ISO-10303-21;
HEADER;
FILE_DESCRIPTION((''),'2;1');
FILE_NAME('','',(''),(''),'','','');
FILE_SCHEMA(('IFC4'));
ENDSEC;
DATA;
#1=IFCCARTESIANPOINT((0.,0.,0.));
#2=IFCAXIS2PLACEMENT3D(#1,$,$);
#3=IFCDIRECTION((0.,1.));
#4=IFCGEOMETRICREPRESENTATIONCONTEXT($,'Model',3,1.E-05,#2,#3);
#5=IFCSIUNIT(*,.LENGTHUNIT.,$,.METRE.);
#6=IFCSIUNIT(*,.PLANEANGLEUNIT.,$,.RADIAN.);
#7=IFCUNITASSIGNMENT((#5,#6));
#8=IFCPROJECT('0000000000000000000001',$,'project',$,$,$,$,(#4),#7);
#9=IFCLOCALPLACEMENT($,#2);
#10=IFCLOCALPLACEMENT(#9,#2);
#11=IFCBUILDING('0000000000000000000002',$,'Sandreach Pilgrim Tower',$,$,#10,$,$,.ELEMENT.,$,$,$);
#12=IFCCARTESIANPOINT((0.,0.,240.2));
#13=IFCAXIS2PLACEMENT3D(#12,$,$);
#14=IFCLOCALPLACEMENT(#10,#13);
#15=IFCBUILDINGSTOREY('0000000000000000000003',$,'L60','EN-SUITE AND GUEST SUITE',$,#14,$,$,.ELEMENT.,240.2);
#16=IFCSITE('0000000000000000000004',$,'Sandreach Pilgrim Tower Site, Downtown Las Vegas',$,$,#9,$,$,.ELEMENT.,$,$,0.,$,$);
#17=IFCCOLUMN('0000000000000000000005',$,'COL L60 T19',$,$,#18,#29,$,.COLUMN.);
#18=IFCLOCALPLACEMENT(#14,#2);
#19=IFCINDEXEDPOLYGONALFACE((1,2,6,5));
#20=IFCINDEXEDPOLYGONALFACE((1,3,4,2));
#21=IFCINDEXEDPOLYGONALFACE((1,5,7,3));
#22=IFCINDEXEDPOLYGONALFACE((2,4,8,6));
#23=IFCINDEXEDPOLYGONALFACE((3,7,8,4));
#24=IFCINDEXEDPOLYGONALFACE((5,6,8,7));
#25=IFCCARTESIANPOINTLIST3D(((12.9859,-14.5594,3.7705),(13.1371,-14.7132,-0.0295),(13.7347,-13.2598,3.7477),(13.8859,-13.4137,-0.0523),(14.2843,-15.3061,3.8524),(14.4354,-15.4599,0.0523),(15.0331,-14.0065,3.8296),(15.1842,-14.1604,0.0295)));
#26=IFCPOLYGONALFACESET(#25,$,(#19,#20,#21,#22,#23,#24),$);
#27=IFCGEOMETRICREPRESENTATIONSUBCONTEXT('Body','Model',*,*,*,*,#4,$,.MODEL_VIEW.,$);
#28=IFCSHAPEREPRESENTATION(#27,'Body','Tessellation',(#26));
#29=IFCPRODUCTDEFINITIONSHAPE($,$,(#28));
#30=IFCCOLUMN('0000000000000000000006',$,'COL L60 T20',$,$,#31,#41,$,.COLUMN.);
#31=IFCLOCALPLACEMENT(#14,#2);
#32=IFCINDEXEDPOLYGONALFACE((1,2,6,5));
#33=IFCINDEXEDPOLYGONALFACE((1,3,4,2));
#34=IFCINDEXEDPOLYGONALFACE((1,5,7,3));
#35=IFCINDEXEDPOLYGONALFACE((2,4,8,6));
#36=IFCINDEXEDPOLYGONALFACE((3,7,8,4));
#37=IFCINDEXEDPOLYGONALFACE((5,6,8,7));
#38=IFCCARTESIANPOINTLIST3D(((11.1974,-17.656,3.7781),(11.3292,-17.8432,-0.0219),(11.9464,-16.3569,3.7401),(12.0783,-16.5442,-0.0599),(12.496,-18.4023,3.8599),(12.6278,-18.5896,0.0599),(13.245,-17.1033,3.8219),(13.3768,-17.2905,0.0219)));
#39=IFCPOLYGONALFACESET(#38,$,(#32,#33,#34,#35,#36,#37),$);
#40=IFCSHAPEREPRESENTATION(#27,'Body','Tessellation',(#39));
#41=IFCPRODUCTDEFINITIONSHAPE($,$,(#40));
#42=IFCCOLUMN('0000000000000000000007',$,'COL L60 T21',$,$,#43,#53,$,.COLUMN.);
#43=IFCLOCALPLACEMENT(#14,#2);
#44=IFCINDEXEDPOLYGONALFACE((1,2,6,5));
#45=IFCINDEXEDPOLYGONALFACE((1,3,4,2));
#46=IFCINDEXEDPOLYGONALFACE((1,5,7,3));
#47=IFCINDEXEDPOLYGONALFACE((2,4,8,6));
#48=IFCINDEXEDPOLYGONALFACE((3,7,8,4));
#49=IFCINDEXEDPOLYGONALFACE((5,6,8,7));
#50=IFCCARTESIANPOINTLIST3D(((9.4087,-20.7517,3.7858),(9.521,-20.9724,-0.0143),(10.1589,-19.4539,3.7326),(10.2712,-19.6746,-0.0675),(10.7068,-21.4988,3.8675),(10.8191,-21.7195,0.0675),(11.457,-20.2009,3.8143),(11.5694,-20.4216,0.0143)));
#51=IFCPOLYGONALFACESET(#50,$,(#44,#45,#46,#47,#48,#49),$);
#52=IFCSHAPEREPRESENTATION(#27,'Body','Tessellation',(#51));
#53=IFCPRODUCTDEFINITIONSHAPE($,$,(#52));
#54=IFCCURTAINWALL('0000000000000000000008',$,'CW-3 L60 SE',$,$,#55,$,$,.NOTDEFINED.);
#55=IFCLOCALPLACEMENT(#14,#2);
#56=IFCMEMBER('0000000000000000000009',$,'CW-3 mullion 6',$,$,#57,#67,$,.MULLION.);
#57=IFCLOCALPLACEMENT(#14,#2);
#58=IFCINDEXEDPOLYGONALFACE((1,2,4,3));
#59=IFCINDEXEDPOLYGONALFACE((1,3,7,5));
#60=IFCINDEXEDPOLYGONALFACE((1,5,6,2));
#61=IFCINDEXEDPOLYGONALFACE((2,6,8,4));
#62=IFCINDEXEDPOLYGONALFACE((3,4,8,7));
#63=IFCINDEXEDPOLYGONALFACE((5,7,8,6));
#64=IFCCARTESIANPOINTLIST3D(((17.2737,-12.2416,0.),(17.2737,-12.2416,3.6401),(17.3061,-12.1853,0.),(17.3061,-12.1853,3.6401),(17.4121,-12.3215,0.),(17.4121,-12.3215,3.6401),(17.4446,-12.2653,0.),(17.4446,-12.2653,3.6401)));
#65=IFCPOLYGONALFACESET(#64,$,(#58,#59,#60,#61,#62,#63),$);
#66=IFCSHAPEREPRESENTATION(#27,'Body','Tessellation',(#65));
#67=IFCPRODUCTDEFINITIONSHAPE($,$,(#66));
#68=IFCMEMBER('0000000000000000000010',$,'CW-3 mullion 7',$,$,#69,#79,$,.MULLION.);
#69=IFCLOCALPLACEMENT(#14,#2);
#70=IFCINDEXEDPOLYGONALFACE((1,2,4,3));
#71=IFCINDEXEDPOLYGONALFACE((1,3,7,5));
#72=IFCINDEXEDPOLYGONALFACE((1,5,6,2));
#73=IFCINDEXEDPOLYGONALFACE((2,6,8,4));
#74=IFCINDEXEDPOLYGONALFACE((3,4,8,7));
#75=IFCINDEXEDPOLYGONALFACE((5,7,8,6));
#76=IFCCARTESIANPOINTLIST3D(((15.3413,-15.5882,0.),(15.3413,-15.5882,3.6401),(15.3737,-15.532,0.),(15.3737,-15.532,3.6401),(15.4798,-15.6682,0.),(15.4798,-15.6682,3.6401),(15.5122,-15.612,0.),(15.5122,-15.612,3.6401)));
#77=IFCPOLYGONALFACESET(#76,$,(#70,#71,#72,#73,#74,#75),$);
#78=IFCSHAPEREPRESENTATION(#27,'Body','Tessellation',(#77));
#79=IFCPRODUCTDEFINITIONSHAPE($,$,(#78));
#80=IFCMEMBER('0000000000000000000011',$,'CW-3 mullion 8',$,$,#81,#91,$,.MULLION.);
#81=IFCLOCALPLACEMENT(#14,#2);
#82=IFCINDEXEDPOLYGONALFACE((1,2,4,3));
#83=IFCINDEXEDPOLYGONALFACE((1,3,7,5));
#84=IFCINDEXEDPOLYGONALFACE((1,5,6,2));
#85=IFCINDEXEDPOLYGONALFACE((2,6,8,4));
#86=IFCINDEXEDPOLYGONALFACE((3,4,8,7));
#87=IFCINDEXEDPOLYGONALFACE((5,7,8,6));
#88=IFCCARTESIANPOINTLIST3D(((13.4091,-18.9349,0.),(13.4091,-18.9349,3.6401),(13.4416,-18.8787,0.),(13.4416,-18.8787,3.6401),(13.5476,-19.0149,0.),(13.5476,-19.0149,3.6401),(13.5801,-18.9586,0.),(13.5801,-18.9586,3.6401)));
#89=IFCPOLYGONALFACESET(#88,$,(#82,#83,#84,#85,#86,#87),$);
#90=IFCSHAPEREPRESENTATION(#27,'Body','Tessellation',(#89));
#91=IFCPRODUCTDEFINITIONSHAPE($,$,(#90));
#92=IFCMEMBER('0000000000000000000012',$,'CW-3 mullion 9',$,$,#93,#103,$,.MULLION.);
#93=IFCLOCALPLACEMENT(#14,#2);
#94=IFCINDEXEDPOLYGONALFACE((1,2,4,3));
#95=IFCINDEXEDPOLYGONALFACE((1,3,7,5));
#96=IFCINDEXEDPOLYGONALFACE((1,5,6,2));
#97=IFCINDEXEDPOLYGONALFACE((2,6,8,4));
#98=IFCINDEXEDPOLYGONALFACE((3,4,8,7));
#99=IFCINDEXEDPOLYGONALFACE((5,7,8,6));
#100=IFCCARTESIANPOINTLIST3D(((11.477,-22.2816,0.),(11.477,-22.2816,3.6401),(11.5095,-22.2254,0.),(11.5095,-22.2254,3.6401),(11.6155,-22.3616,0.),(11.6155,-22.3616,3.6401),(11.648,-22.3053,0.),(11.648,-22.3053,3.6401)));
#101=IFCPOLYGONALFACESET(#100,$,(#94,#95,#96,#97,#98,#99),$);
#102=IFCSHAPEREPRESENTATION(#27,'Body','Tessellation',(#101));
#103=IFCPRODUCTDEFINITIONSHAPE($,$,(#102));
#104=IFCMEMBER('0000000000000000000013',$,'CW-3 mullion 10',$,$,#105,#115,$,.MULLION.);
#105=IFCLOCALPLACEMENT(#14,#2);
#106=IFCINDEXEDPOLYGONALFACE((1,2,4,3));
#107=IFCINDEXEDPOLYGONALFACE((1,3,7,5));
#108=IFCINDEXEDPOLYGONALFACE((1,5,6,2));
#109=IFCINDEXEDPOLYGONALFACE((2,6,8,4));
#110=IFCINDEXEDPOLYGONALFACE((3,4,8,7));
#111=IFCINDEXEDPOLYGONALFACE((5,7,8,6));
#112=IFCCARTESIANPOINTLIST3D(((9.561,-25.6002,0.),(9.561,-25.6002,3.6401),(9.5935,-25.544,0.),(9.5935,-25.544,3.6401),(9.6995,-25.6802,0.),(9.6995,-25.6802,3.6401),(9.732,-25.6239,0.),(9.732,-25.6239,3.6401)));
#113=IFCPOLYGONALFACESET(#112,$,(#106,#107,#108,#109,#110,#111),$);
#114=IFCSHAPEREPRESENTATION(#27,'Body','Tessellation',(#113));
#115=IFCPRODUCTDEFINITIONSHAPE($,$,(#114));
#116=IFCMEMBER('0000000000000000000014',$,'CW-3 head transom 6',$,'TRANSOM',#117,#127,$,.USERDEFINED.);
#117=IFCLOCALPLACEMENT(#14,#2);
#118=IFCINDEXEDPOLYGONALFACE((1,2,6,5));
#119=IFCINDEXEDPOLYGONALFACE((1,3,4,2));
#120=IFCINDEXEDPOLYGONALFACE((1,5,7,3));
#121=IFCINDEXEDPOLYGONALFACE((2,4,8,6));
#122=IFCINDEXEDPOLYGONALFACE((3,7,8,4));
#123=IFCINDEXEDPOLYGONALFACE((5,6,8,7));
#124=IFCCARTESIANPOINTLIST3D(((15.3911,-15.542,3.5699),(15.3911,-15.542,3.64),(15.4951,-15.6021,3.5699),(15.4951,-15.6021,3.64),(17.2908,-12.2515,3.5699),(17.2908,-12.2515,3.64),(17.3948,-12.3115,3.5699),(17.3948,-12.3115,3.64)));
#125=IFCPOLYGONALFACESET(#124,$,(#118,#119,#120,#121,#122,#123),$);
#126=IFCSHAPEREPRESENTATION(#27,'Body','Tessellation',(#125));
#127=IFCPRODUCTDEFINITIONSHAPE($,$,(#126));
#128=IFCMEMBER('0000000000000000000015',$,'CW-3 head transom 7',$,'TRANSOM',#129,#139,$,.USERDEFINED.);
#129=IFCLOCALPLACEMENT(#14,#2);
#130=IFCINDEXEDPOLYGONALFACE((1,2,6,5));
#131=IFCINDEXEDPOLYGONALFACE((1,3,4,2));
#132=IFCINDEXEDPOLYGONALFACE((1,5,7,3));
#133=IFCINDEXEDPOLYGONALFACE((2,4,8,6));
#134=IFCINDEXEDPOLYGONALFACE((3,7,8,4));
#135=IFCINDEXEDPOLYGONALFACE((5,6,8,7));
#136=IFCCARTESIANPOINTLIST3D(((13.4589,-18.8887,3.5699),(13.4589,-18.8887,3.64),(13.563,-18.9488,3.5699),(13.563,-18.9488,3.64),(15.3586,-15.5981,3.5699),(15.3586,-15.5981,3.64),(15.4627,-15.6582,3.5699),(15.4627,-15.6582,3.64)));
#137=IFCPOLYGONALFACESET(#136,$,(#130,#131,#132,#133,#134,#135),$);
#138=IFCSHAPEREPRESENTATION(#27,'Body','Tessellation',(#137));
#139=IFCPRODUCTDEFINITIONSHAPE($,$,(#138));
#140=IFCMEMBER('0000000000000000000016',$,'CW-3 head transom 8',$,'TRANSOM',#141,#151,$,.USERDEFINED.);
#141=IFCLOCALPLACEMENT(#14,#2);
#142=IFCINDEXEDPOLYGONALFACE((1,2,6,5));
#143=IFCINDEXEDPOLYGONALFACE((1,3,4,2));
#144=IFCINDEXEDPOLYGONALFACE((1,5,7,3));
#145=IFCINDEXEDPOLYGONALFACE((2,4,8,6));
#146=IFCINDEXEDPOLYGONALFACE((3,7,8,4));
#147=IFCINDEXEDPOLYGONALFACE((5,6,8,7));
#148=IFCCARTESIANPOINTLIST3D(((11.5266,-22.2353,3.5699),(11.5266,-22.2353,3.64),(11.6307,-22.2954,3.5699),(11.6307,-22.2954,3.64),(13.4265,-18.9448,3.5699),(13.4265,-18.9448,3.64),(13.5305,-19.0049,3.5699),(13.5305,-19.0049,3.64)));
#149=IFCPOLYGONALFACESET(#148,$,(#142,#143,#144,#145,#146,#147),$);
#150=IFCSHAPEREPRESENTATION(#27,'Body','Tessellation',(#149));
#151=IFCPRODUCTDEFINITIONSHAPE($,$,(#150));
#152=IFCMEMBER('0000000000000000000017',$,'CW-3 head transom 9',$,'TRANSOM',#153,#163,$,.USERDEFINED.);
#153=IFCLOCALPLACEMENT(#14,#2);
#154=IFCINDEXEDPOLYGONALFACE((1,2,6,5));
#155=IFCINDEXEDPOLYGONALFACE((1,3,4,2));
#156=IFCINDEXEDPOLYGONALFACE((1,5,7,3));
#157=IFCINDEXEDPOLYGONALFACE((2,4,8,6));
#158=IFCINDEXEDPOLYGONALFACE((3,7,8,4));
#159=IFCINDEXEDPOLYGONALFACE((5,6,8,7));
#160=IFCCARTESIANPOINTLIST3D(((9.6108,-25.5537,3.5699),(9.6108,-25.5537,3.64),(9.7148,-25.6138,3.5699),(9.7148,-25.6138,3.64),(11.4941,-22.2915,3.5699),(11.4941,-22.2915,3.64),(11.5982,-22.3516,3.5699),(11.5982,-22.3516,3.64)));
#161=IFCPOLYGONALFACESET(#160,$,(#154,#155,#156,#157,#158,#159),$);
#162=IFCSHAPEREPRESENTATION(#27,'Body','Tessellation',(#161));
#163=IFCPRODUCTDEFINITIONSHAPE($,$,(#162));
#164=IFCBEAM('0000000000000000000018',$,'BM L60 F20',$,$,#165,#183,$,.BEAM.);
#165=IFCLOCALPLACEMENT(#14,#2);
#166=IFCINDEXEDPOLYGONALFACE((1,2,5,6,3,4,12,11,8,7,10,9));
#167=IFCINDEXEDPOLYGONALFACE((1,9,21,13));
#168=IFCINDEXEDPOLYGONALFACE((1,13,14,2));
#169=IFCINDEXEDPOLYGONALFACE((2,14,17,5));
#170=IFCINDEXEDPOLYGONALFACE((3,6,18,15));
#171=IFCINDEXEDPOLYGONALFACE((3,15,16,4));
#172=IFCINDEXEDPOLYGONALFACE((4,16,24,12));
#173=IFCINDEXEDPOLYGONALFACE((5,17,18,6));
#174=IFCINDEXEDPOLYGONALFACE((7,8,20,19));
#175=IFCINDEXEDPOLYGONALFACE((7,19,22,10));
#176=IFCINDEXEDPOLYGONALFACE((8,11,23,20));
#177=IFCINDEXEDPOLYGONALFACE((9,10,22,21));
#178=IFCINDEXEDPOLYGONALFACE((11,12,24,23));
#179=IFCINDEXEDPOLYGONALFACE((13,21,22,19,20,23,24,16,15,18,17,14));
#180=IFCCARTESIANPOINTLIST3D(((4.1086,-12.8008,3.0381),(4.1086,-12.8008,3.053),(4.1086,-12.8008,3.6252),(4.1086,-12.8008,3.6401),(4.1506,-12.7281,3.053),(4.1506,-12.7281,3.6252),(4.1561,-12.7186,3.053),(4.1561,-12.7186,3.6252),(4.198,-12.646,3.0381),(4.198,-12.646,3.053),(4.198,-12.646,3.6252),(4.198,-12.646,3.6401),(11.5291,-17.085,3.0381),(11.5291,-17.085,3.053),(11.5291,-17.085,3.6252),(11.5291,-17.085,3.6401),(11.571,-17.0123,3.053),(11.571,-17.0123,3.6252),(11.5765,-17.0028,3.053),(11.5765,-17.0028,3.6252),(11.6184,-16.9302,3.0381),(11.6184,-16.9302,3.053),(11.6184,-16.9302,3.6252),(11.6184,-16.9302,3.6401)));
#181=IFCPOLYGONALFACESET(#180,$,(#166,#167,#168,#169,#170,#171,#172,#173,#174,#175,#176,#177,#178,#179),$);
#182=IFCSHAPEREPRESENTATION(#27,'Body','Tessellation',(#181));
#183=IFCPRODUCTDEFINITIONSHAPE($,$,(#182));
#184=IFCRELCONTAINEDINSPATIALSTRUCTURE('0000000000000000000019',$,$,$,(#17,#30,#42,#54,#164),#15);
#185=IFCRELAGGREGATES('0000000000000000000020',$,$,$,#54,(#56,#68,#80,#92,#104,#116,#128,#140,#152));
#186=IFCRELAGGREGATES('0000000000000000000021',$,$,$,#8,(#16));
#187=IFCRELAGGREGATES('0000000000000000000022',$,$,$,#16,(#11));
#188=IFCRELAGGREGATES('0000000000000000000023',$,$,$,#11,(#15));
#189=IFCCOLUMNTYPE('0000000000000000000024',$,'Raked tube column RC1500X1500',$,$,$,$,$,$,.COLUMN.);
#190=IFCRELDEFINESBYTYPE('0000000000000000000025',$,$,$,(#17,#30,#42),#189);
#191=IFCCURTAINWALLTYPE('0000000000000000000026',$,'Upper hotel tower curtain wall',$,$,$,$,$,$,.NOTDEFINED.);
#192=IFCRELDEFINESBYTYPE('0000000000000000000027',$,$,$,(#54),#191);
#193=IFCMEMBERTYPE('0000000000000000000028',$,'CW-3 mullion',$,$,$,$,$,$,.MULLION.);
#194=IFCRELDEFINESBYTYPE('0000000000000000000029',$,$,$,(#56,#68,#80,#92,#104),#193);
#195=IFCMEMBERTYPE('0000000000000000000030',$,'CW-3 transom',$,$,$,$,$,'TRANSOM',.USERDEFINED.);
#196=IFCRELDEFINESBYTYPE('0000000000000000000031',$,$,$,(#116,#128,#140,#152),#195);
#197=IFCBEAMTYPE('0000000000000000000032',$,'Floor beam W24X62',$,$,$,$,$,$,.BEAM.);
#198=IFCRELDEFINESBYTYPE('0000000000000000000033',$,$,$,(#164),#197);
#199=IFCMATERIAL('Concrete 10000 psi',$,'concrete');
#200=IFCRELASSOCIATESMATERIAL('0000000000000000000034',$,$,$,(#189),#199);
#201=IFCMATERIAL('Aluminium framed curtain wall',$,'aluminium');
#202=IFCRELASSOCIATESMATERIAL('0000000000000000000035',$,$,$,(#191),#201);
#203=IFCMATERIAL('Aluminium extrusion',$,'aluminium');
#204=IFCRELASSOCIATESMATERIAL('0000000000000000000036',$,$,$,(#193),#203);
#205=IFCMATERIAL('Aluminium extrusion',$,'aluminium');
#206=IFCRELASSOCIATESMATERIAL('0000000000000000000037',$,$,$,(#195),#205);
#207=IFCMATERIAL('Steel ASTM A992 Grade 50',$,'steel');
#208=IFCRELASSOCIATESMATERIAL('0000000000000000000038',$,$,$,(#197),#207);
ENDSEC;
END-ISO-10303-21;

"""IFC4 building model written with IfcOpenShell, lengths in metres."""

from ifc_helpers import new_model, si_unit, direction, frame, origin, origin_2d, place, context, subcontext, project, spatial, rectangle, i_section, extrude, material, material_profile, profile_set, type_object, element, aggregate, save


model = new_model("IFC4")

# Units and contexts
model_context = context("Model", 3, precision=1e-05, world=origin(), true_north=direction((0.0, 1.0)))
body_context = subcontext(model_context, "Body", "Model", "MODEL_VIEW")
ifc_project = project(units=[si_unit("LENGTHUNIT", "METRE"), si_unit("PLANEANGLEUNIT", "RADIAN")], contexts=[model_context])

# Site, building, storey
site_placement = place(None, origin())
site = spatial("IfcSite", under=ifc_project, at=site_placement, Name="Sandreach Pilgrim Tower Site, Downtown Las Vegas", CompositionType="ELEMENT", RefElevation=0.0)
building_placement = place(site_placement, origin())
building = spatial("IfcBuilding", under=site, at=building_placement, Name="Sandreach Pilgrim Tower", CompositionType="ELEMENT")
storey_placement = place(building_placement, frame((0.0, 0.0, 240.2)))
storey = spatial("IfcBuildingStorey", under=building, at=storey_placement, Name="L60", Description="EN-SUITE AND GUEST SUITE", CompositionType="ELEMENT", Elevation=240.2)

# Columns
ifc_material_1 = material(Name="Concrete 10000 psi", Category="concrete")
ifc_material_profile_1 = material_profile(ifc_material_1, rectangle(XDim=1.5, YDim=1.5, at=origin_2d()), Name="RC1500X1500")
ifc_profile_set_1 = profile_set([ifc_material_profile_1], Name="Concrete 10000 psi")
column_type = type_object("IfcColumnType", Name="Raked tube column RC1500X1500", PredefinedType="COLUMN", material=ifc_profile_set_1)
column_1_placement = place(storey_placement, frame((14.1606, -14.4368, 0.0), z_axis=(-0.039705, 0.04041, 0.998394), x_axis=(0.865573, -0.4978, 0.054571)))
element("IfcColumn", 1, at=column_1_placement, inside=storey, type_object=column_type, Name="COL L60 T19", PredefinedType="COLUMN", context=body_context, shape_type="SweptSolid", body=[
    extrude(rectangle(XDim=1.5, YDim=1.5, at=origin_2d()), origin(), (0.0, 0.0, 1.0), 3.8062),
])
column_2_placement = place(storey_placement, frame((12.353, -17.5669, 0.0), z_axis=(-0.03463, 0.049188, 0.998189), x_axis=(0.865711, -0.497563, 0.054553)))
element("IfcColumn", 2, at=column_2_placement, inside=storey, type_object=column_type, Name="COL L60 T20", PredefinedType="COLUMN", context=body_context, shape_type="SweptSolid", body=[
    extrude(rectangle(XDim=1.5, YDim=1.5, at=origin_2d()), origin(), (0.0, 0.0, 1.0), 3.8069),
])
column_3_placement = place(storey_placement, frame((10.5452, -20.697, 0.0), z_axis=(-0.029491, 0.057956, 0.997883), x_axis=(0.865444, -0.498032, 0.054502)))
element("IfcColumn", 3, at=column_3_placement, inside=storey, type_object=column_type, Name="COL L60 T21", PredefinedType="COLUMN", context=body_context, shape_type="SweptSolid", body=[
    extrude(rectangle(XDim=1.5, YDim=1.5, at=origin_2d()), origin(), (0.0, 0.0, 1.0), 3.8081),
])

# Curtain wall, members
ifc_material_2 = material(Name="Aluminium framed curtain wall", Category="aluminium")
curtain_wall_type = type_object("IfcCurtainWallType", Name="Upper hotel tower curtain wall", PredefinedType="NOTDEFINED", material=ifc_material_2)
curtain_wall_placement = place(storey_placement, origin())
curtain_wall = element("IfcCurtainWall", 4, at=curtain_wall_placement, inside=storey, type_object=curtain_wall_type, Name="CW-3 L60 SE", PredefinedType="NOTDEFINED")
ifc_material_3 = material(Name="Aluminium extrusion", Category="aluminium")
ifc_material_profile_2 = material_profile(ifc_material_3, rectangle(XDim=0.0649, YDim=0.1599, at=origin_2d()), Name="CW-3M 65X160")
ifc_profile_set_2 = profile_set([ifc_material_profile_2], Name="Aluminium extrusion")
member_type_1 = type_object("IfcMemberType", Name="CW-3 mullion", PredefinedType="MULLION", material=ifc_profile_set_2)
member_1_placement = place(storey_placement, frame((17.3591, -12.2534, 0.0), z_axis=(0.0, 0.0, 1.0), x_axis=(-0.5, -0.866025, 0.0)))
member_1 = element("IfcMember", 5, at=member_1_placement, type_object=member_type_1, Name="CW-3 mullion 6", PredefinedType="MULLION", context=body_context, shape_type="SweptSolid", body=[
    extrude(rectangle(XDim=0.0649, YDim=0.1599, at=origin_2d()), origin(), (0.0, 0.0, 1.0), 3.6401),
])
member_2_placement = place(storey_placement, frame((15.4268, -15.6001, 0.0), z_axis=(0.0, 0.0, 1.0), x_axis=(-0.5, -0.866025, 0.0)))
member_2 = element("IfcMember", 6, at=member_2_placement, type_object=member_type_1, Name="CW-3 mullion 7", PredefinedType="MULLION", context=body_context, shape_type="SweptSolid", body=[
    extrude(rectangle(XDim=0.0649, YDim=0.1599, at=origin_2d()), origin(), (0.0, 0.0, 1.0), 3.6401),
])
member_3_placement = place(storey_placement, frame((13.4946, -18.9468, 0.0), z_axis=(0.0, 0.0, 1.0), x_axis=(-0.5, -0.866025, 0.0)))
member_3 = element("IfcMember", 7, at=member_3_placement, type_object=member_type_1, Name="CW-3 mullion 8", PredefinedType="MULLION", context=body_context, shape_type="SweptSolid", body=[
    extrude(rectangle(XDim=0.0649, YDim=0.1599, at=origin_2d()), origin(), (0.0, 0.0, 1.0), 3.6401),
])
member_4_placement = place(storey_placement, frame((11.5625, -22.2935, 0.0), z_axis=(0.0, 0.0, 1.0), x_axis=(-0.5, -0.866025, 0.0)))
member_4 = element("IfcMember", 8, at=member_4_placement, type_object=member_type_1, Name="CW-3 mullion 9", PredefinedType="MULLION", context=body_context, shape_type="SweptSolid", body=[
    extrude(rectangle(XDim=0.0649, YDim=0.1599, at=origin_2d()), origin(), (0.0, 0.0, 1.0), 3.6401),
])
member_5_placement = place(storey_placement, frame((9.6465, -25.6121, 0.0), z_axis=(0.0, 0.0, 1.0), x_axis=(-0.5, -0.866025, 0.0)))
member_5 = element("IfcMember", 9, at=member_5_placement, type_object=member_type_1, Name="CW-3 mullion 10", PredefinedType="MULLION", context=body_context, shape_type="SweptSolid", body=[
    extrude(rectangle(XDim=0.0649, YDim=0.1599, at=origin_2d()), origin(), (0.0, 0.0, 1.0), 3.6401),
])
ifc_material_4 = material(Name="Aluminium extrusion", Category="aluminium")
ifc_material_profile_3 = material_profile(ifc_material_4, rectangle(XDim=0.1201, YDim=0.0701, at=origin_2d()), Name="CW-3T 120X70")
ifc_profile_set_3 = profile_set([ifc_material_profile_3], Name="Aluminium extrusion")
member_type_2 = type_object("IfcMemberType", Name="CW-3 transom", ElementType="TRANSOM", PredefinedType="USERDEFINED", material=ifc_profile_set_3)
member_6_placement = place(storey_placement, frame((17.3428, -12.2815, 3.605), z_axis=(-0.499975, -0.86604, 0.0), x_axis=(0.86604, -0.499975, 0.0)))
member_6 = element("IfcMember", 10, at=member_6_placement, type_object=member_type_2, Name="CW-3 head transom 6", ObjectType="TRANSOM", PredefinedType="USERDEFINED", context=body_context, shape_type="SweptSolid", body=[
    extrude(rectangle(XDim=0.1201, YDim=0.0701, at=origin_2d()), origin(), (0.0, 0.0, 1.0), 3.7996),
])
member_7_placement = place(storey_placement, frame((15.4106, -15.6282, 3.605), z_axis=(-0.499975, -0.86604, 0.0), x_axis=(0.86604, -0.499975, 0.0)))
member_7 = element("IfcMember", 11, at=member_7_placement, type_object=member_type_2, Name="CW-3 head transom 7", ObjectType="TRANSOM", PredefinedType="USERDEFINED", context=body_context, shape_type="SweptSolid", body=[
    extrude(rectangle(XDim=0.1201, YDim=0.0701, at=origin_2d()), origin(), (0.0, 0.0, 1.0), 3.7996),
])
member_8_placement = place(storey_placement, frame((13.4785, -18.9749, 3.605), z_axis=(-0.500023, -0.866012, 0.0), x_axis=(0.866012, -0.500023, 0.0)))
member_8 = element("IfcMember", 12, at=member_8_placement, type_object=member_type_2, Name="CW-3 head transom 8", ObjectType="TRANSOM", PredefinedType="USERDEFINED", context=body_context, shape_type="SweptSolid", body=[
    extrude(rectangle(XDim=0.1201, YDim=0.0701, at=origin_2d()), origin(), (0.0, 0.0, 1.0), 3.7996),
])
member_9_placement = place(storey_placement, frame((11.5461, -22.3215, 3.605), z_axis=(-0.499973, -0.866041, 0.0), x_axis=(0.866041, -0.499973, 0.0)))
member_9 = element("IfcMember", 13, at=member_9_placement, type_object=member_type_2, Name="CW-3 head transom 9", ObjectType="TRANSOM", PredefinedType="USERDEFINED", context=body_context, shape_type="SweptSolid", body=[
    extrude(rectangle(XDim=0.1201, YDim=0.0701, at=origin_2d()), origin(), (0.0, 0.0, 1.0), 3.7668),
])

# Beam
ifc_material_5 = material(Name="Steel ASTM A992 Grade 50", Category="steel")
ifc_material_profile_4 = material_profile(ifc_material_5, i_section(OverallWidth=0.1787, OverallDepth=0.6021, WebThickness=0.011, FlangeThickness=0.0149, at=origin_2d()), Name="W24X62")
ifc_profile_set_4 = profile_set([ifc_material_profile_4], Name="Steel ASTM A992 Grade 50")
beam_type_1 = type_object("IfcBeamType", Name="Floor beam W24X62", PredefinedType="BEAM", material=ifc_profile_set_4)
beam_1_placement = place(storey_placement, frame((11.5737, -17.0076, 3.3391), z_axis=(-0.866025, 0.5, 0.0), x_axis=(-0.5, -0.866025, 0.0)))
element("IfcBeam", 14, at=beam_1_placement, inside=storey, type_object=beam_type_1, Name="BM L60 F20", PredefinedType="BEAM", context=body_context, shape_type="SweptSolid", body=[
    extrude(i_section(OverallWidth=0.1787, OverallDepth=0.6021, WebThickness=0.011, FlangeThickness=0.0149, at=origin_2d()), origin(), (0.0, 0.0, 1.0), 8.5684),
])

aggregate(curtain_wall, [member_1, member_2, member_3, member_4, member_5, member_6, member_7, member_8, member_9])

save(model, "model.ifc")
